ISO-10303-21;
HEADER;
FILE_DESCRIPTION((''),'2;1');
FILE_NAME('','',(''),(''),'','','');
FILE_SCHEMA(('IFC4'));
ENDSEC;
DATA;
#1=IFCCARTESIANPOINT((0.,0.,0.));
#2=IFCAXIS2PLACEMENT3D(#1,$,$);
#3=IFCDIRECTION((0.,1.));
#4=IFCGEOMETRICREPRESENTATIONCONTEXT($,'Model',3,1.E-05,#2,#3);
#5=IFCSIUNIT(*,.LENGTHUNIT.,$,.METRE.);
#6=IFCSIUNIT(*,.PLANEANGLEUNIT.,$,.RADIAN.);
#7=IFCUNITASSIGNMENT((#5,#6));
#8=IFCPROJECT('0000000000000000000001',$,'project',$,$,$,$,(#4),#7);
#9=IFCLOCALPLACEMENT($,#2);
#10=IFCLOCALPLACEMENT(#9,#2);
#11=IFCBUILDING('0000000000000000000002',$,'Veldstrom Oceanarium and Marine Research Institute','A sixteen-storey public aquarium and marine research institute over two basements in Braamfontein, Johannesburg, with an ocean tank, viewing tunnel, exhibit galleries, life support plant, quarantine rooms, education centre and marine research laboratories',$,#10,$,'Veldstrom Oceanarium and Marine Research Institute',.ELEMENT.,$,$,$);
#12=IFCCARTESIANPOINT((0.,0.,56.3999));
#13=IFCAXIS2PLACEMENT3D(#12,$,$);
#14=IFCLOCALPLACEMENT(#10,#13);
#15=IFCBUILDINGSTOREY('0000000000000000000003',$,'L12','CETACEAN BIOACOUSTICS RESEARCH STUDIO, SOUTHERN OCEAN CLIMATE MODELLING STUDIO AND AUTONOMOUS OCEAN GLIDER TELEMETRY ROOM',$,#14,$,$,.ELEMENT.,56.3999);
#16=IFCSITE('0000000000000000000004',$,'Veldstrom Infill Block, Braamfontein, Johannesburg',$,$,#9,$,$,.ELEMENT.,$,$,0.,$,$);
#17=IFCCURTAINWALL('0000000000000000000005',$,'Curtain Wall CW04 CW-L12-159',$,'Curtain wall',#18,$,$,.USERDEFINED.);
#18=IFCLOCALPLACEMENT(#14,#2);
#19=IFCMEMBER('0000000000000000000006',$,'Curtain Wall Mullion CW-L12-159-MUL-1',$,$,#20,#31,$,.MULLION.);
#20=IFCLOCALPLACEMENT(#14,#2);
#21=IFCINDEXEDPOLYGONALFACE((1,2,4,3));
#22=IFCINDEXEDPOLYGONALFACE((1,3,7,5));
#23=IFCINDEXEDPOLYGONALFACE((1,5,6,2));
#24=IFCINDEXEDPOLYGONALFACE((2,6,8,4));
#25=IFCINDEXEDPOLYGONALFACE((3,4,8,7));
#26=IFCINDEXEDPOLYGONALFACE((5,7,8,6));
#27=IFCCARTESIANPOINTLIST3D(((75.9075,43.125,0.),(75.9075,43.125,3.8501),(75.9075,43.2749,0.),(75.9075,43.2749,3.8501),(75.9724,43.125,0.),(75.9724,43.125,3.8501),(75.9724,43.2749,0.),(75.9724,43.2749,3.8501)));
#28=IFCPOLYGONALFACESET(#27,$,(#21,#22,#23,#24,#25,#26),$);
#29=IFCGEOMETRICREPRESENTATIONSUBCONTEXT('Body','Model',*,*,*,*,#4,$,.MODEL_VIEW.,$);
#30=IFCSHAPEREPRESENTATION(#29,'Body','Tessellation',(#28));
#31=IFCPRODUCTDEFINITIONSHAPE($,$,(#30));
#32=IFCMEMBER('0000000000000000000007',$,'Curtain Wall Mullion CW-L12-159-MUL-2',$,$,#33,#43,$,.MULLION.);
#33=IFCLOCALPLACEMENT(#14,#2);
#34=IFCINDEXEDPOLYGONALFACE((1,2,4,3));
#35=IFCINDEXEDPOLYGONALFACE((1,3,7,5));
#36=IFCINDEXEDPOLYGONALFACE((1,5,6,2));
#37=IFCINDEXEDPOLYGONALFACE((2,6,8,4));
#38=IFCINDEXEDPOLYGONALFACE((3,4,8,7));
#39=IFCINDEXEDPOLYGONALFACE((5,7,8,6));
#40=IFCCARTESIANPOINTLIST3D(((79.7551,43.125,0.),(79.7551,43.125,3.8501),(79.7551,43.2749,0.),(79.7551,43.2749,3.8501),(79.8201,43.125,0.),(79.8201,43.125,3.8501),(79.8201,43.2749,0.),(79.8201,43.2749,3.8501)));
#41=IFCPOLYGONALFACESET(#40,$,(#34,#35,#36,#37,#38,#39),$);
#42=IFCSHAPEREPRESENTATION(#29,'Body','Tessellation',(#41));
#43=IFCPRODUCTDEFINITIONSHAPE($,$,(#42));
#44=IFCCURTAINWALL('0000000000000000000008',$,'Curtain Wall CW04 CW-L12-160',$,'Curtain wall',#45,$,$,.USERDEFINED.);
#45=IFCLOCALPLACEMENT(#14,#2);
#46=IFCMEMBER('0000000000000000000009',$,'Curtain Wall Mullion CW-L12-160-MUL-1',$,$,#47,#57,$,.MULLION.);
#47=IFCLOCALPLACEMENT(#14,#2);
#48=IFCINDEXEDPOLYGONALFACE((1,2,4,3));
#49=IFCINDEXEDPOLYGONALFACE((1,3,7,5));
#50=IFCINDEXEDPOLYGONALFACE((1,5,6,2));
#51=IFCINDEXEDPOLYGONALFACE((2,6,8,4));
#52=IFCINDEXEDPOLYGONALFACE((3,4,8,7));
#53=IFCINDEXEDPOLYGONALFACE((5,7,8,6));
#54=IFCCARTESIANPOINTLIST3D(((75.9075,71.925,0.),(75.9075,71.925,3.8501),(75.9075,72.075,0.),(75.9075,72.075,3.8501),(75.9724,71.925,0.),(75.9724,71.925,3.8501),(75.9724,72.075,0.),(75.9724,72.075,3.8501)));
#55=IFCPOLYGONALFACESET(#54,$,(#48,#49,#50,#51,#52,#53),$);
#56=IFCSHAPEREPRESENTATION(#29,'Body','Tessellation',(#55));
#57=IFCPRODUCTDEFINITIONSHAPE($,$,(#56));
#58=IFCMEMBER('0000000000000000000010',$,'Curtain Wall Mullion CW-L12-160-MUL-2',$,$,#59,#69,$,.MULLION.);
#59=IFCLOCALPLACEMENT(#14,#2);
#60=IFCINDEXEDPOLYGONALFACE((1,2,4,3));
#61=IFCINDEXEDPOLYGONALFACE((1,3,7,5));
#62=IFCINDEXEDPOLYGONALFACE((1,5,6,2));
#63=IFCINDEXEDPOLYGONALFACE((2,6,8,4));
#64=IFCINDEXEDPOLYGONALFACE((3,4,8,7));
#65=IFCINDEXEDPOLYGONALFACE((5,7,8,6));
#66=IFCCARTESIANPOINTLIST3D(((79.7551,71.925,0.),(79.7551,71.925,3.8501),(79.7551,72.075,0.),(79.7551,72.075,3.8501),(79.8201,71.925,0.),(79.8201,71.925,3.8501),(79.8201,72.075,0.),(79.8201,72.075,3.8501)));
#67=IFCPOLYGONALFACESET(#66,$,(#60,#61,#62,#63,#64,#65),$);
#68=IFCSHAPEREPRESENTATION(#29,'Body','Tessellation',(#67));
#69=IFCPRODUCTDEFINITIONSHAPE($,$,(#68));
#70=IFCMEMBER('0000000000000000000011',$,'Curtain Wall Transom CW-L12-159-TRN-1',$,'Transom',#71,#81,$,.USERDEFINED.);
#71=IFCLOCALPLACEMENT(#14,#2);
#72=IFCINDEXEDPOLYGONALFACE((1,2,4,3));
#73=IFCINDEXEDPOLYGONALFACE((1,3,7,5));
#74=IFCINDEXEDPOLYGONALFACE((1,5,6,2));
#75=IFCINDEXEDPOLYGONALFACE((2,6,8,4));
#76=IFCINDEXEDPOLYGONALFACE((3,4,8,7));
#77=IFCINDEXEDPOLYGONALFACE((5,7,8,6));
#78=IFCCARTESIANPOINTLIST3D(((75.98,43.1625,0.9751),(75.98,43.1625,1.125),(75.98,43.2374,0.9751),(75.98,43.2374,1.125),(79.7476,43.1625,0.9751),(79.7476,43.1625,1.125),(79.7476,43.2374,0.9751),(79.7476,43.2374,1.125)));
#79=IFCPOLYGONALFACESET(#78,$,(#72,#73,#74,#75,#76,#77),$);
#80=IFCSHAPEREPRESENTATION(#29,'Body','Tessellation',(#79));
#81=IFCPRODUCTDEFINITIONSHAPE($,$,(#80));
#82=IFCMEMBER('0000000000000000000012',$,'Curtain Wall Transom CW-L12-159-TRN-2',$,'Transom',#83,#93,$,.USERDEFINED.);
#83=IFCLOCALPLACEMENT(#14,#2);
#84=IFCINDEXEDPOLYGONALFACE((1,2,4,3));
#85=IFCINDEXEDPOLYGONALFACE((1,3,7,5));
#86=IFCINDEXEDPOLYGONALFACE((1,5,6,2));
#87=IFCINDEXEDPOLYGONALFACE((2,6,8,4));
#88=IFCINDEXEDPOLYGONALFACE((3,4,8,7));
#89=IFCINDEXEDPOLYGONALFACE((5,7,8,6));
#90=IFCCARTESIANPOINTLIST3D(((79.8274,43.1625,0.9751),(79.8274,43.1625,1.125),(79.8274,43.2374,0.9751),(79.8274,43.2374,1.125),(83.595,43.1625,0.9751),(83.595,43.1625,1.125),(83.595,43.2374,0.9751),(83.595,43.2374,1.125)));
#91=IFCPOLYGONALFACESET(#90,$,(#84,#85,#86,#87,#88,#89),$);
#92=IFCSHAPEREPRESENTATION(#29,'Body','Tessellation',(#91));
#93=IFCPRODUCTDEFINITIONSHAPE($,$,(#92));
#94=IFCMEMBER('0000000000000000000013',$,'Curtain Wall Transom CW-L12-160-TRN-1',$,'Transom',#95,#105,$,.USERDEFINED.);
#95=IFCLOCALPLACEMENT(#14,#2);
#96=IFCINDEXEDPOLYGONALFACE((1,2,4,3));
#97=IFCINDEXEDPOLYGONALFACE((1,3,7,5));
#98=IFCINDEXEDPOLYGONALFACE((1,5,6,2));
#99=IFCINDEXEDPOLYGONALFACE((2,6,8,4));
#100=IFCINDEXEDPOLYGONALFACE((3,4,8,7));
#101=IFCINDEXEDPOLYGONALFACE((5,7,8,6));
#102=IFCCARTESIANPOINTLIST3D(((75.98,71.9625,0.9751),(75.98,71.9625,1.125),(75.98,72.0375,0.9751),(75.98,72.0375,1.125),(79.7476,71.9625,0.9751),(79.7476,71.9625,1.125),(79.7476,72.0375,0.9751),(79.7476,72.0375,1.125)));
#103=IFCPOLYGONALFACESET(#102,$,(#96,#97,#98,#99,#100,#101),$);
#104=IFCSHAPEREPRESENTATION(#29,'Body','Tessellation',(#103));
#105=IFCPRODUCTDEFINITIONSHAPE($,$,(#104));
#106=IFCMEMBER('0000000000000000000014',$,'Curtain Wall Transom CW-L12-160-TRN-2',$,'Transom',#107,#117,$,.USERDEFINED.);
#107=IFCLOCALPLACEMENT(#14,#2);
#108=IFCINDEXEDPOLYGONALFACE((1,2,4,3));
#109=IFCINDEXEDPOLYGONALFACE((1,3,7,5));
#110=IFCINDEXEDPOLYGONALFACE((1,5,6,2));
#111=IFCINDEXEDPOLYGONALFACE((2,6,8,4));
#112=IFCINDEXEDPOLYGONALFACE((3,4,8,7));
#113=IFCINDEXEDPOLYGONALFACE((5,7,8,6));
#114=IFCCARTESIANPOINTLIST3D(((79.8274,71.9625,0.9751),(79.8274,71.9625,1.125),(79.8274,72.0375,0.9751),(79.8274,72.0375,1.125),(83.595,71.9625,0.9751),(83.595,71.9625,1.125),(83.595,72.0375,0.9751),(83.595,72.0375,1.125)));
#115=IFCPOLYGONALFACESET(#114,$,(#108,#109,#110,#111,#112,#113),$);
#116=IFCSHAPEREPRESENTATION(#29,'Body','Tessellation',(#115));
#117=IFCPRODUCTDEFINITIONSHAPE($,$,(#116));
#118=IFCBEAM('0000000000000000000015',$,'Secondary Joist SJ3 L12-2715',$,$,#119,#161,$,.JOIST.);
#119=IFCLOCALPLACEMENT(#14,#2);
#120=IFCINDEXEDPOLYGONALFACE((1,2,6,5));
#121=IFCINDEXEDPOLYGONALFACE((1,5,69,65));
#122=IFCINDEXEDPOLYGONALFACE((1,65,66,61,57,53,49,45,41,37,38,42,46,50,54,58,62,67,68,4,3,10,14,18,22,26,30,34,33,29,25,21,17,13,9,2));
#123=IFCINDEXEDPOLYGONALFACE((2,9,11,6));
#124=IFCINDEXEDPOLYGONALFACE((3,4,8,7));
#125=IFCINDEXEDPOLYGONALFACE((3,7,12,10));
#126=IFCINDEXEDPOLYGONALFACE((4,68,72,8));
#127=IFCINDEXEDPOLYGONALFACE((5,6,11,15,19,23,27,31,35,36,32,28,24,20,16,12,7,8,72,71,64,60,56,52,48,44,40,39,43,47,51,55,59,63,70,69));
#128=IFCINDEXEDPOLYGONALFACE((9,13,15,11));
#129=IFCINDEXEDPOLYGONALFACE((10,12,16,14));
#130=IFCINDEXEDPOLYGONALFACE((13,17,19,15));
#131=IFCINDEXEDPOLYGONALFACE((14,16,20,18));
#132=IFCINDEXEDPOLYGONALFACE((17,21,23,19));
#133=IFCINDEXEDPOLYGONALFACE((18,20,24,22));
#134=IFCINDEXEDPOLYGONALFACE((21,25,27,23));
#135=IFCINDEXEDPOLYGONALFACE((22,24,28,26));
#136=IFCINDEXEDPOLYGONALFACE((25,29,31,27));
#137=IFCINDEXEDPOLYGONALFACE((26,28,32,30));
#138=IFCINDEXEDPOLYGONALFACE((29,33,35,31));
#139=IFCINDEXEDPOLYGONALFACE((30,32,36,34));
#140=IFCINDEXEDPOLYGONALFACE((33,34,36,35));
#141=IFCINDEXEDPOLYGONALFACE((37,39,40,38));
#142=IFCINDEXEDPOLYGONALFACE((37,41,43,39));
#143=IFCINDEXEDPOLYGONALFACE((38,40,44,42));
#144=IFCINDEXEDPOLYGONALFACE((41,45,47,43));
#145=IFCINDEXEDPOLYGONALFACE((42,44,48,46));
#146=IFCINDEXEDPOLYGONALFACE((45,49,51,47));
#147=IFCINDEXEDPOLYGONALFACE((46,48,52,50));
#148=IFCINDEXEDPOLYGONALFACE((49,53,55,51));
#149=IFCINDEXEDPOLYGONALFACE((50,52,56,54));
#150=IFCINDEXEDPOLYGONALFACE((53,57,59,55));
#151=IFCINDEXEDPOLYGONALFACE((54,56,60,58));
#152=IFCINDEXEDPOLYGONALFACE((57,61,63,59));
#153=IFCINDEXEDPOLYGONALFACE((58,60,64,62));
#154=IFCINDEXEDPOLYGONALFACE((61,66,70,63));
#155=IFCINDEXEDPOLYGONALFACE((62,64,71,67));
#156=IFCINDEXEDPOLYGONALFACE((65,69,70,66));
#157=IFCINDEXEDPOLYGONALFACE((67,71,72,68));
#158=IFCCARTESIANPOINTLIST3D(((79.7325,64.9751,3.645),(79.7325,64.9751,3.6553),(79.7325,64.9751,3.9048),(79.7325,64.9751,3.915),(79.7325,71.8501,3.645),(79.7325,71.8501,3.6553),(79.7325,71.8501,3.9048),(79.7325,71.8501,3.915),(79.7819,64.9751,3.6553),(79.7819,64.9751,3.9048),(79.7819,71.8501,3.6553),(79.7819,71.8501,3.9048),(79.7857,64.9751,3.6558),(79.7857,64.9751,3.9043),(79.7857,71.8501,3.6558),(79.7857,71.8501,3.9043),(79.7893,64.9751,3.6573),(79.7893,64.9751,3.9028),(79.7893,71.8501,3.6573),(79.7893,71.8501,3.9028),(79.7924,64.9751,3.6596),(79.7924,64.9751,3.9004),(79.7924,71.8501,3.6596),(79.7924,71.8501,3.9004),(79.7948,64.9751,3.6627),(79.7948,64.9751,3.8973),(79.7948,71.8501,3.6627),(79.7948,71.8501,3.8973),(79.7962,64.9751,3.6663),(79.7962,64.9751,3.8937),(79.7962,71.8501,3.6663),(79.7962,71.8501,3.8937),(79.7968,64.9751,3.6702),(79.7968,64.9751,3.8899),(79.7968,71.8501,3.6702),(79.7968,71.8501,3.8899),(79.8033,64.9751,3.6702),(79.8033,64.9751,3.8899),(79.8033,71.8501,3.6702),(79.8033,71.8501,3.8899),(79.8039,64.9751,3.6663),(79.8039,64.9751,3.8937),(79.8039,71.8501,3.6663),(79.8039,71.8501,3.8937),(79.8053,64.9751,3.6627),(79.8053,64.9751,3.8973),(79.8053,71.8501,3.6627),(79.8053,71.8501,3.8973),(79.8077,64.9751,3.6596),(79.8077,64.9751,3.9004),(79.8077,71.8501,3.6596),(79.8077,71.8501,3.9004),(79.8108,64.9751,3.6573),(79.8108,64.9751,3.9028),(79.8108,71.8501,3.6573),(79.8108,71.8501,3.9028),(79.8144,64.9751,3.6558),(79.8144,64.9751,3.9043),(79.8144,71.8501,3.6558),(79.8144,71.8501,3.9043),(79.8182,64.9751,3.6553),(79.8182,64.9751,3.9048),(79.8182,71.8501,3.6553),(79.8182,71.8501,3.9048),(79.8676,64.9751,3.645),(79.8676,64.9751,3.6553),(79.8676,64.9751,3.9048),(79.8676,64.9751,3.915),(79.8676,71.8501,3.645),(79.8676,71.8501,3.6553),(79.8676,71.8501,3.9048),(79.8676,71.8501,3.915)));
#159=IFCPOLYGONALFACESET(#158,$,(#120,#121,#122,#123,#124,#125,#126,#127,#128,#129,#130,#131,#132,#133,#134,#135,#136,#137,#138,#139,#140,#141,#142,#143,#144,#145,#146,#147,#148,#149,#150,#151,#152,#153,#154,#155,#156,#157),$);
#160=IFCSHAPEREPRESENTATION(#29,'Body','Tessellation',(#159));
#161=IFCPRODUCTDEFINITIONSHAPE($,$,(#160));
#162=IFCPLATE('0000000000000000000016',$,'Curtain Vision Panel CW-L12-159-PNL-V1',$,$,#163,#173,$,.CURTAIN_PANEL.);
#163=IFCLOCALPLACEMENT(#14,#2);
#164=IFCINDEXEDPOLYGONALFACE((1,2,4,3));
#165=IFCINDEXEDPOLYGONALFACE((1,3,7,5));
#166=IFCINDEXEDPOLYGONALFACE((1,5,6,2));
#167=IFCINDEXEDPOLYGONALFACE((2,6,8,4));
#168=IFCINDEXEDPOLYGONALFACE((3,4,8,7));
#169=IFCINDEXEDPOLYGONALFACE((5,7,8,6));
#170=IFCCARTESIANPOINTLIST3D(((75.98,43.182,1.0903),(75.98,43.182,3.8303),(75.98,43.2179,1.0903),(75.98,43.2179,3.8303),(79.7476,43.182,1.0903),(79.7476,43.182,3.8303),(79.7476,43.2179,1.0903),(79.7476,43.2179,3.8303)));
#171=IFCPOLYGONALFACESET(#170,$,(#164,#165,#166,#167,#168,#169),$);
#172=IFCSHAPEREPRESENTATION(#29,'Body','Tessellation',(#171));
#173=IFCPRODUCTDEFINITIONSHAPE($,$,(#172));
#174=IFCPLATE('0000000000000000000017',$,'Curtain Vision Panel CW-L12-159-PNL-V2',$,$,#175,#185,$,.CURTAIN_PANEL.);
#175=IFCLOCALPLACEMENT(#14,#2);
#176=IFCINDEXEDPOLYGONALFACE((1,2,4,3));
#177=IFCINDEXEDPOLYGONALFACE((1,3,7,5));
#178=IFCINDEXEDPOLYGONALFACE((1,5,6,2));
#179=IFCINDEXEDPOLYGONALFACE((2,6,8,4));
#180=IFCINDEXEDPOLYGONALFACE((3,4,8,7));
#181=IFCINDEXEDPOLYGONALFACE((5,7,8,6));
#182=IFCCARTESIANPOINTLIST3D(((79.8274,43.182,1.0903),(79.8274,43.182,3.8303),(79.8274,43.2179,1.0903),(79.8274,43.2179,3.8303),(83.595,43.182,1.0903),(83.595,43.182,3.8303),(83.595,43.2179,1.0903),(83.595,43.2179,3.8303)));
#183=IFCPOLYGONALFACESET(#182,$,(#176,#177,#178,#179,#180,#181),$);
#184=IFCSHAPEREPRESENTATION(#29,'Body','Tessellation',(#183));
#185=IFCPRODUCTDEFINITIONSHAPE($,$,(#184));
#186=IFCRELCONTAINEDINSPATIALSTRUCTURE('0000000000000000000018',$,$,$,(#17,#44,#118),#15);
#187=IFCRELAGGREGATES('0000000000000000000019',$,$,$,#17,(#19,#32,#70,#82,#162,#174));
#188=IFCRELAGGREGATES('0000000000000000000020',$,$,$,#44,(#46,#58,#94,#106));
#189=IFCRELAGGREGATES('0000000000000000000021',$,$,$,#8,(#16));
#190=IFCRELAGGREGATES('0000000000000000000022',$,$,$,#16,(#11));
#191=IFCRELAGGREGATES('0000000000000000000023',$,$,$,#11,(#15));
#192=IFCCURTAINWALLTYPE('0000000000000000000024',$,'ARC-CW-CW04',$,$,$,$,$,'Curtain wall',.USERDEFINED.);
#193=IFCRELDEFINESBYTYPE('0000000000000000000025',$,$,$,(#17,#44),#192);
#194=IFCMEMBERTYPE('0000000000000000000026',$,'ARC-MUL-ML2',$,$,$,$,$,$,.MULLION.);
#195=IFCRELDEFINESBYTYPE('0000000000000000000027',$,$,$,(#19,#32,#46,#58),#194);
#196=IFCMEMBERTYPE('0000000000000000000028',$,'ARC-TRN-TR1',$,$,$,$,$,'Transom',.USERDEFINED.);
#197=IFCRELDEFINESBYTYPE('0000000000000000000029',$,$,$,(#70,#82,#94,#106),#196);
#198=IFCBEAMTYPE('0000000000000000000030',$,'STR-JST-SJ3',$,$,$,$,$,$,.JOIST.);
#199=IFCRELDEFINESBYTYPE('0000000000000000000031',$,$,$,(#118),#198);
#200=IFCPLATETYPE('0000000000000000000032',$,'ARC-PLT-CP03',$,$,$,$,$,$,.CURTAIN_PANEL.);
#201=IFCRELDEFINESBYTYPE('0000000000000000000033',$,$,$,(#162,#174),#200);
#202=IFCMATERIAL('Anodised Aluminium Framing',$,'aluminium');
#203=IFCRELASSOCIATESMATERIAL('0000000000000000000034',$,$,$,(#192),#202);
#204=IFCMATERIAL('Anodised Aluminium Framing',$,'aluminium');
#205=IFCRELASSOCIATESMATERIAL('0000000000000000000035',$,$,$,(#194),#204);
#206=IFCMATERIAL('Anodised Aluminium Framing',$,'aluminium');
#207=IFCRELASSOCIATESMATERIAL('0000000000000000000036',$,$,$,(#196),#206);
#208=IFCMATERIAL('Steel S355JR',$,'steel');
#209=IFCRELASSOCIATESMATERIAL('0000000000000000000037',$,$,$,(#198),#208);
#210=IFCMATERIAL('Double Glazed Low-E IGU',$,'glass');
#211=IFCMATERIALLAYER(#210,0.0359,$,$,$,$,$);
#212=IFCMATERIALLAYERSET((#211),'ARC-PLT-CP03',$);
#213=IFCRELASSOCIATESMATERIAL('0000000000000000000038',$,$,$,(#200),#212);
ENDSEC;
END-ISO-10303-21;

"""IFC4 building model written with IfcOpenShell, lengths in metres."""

from ifc_helpers import new_model, si_unit, direction, frame, origin, origin_2d, place, context, subcontext, project, spatial, rectangle, i_section, extrude, material, layer, layer_set, material_profile, profile_set, type_object, element, aggregate, save


model = new_model("IFC4")

# Units and contexts
model_context = context("Model", 3, precision=1e-05, world=origin(), true_north=direction((0.0, 1.0)))
body_context = subcontext(model_context, "Body", "Model", "MODEL_VIEW")
ifc_project = project(units=[si_unit("LENGTHUNIT", "METRE"), si_unit("PLANEANGLEUNIT", "RADIAN")], contexts=[model_context])

# Site, building, storey
site_placement = place(None, origin())
site = spatial("IfcSite", under=ifc_project, at=site_placement, Name="Veldstrom Infill Block, Braamfontein, Johannesburg", CompositionType="ELEMENT", RefElevation=0.0)
building_placement = place(site_placement, origin())
building = spatial("IfcBuilding", under=site, at=building_placement, Name="Veldstrom Oceanarium and Marine Research Institute", Description="A sixteen-storey public aquarium and marine research institute over two basements in Braamfontein, Johannesburg, with an ocean tank, viewing tunnel, exhibit galleries, life support plant, quarantine rooms, education centre and marine research laboratories", LongName="Veldstrom Oceanarium and Marine Research Institute", CompositionType="ELEMENT")
storey_placement = place(building_placement, frame((0.0, 0.0, 56.3999)))
storey = spatial("IfcBuildingStorey", under=building, at=storey_placement, Name="L12", Description="CETACEAN BIOACOUSTICS RESEARCH STUDIO, SOUTHERN OCEAN CLIMATE MODELLING STUDIO AND AUTONOMOUS OCEAN GLIDER TELEMETRY ROOM", CompositionType="ELEMENT", Elevation=56.3999)

# Curtain walls, members
ifc_material_1 = material(Name="Anodised Aluminium Framing", Category="aluminium")
curtain_wall_type = type_object("IfcCurtainWallType", Name="ARC-CW-CW04", ElementType="Curtain wall", PredefinedType="USERDEFINED", material=ifc_material_1)
curtain_wall_1_placement = place(storey_placement, origin())
curtain_wall_1 = element("IfcCurtainWall", 1, at=curtain_wall_1_placement, inside=storey, type_object=curtain_wall_type, Name="Curtain Wall CW04 CW-L12-159", ObjectType="Curtain wall", PredefinedType="USERDEFINED")
ifc_material_2 = material(Name="Anodised Aluminium Framing", Category="aluminium")
ifc_material_profile_1 = material_profile(ifc_material_2, rectangle(XDim=0.0649, YDim=0.1499, at=origin_2d()), Name="ALU-MUL-65x150")
ifc_profile_set_1 = profile_set([ifc_material_profile_1], Name="Anodised Aluminium Framing")
member_type_1 = type_object("IfcMemberType", Name="ARC-MUL-ML2", PredefinedType="MULLION", material=ifc_profile_set_1)
member_1_placement = place(storey_placement, frame((75.9399, 43.2, 0.0), z_axis=(0.0, 0.0, 1.0), x_axis=(1.0, 0.0, 0.0)))
member_1 = element("IfcMember", 2, at=member_1_placement, type_object=member_type_1, Name="Curtain Wall Mullion CW-L12-159-MUL-1", PredefinedType="MULLION", context=body_context, shape_type="SweptSolid", body=[
    extrude(rectangle(XDim=0.0649, YDim=0.1499, at=origin_2d()), origin(), (0.0, 0.0, 1.0), 3.8501),
])
member_2_placement = place(storey_placement, frame((79.7876, 43.2, 0.0), z_axis=(0.0, 0.0, 1.0), x_axis=(1.0, 0.0, 0.0)))
member_2 = element("IfcMember", 3, at=member_2_placement, type_object=member_type_1, Name="Curtain Wall Mullion CW-L12-159-MUL-2", PredefinedType="MULLION", context=body_context, shape_type="SweptSolid", body=[
    extrude(rectangle(XDim=0.0649, YDim=0.1499, at=origin_2d()), origin(), (0.0, 0.0, 1.0), 3.8501),
])
curtain_wall_2_placement = place(storey_placement, origin())
curtain_wall_2 = element("IfcCurtainWall", 4, at=curtain_wall_2_placement, inside=storey, type_object=curtain_wall_type, Name="Curtain Wall CW04 CW-L12-160", ObjectType="Curtain wall", PredefinedType="USERDEFINED")
member_3_placement = place(storey_placement, frame((75.9399, 72.0, 0.0), z_axis=(0.0, 0.0, 1.0), x_axis=(1.0, 0.0, 0.0)))
member_3 = element("IfcMember", 5, at=member_3_placement, type_object=member_type_1, Name="Curtain Wall Mullion CW-L12-160-MUL-1", PredefinedType="MULLION", context=body_context, shape_type="SweptSolid", body=[
    extrude(rectangle(XDim=0.0649, YDim=0.1499, at=origin_2d()), origin(), (0.0, 0.0, 1.0), 3.8501),
])
member_4_placement = place(storey_placement, frame((79.7876, 72.0, 0.0), z_axis=(0.0, 0.0, 1.0), x_axis=(1.0, 0.0, 0.0)))
member_4 = element("IfcMember", 6, at=member_4_placement, type_object=member_type_1, Name="Curtain Wall Mullion CW-L12-160-MUL-2", PredefinedType="MULLION", context=body_context, shape_type="SweptSolid", body=[
    extrude(rectangle(XDim=0.0649, YDim=0.1499, at=origin_2d()), origin(), (0.0, 0.0, 1.0), 3.8501),
])

# Members
ifc_material_3 = material(Name="Anodised Aluminium Framing", Category="aluminium")
ifc_material_profile_2 = material_profile(ifc_material_3, rectangle(XDim=0.075, YDim=0.1499, at=origin_2d()), Name="ALU-TRN-75x150")
ifc_profile_set_2 = profile_set([ifc_material_profile_2], Name="Anodised Aluminium Framing")
member_type_2 = type_object("IfcMemberType", Name="ARC-TRN-TR1", ElementType="Transom", PredefinedType="USERDEFINED", material=ifc_profile_set_2)
member_5_placement = place(storey_placement, frame((75.98, 43.2, 1.05), z_axis=(1.0, 0.0, 0.0), x_axis=(0.0, 1.0, 0.0)))
member_5 = element("IfcMember", 7, at=member_5_placement, type_object=member_type_2, Name="Curtain Wall Transom CW-L12-159-TRN-1", ObjectType="Transom", PredefinedType="USERDEFINED", context=body_context, shape_type="SweptSolid", body=[
    extrude(rectangle(XDim=0.075, YDim=0.1499, at=origin_2d()), origin(), (0.0, 0.0, 1.0), 3.7676),
])
member_6_placement = place(storey_placement, frame((79.8274, 43.2, 1.05), z_axis=(1.0, 0.0, 0.0), x_axis=(0.0, 1.0, 0.0)))
member_6 = element("IfcMember", 8, at=member_6_placement, type_object=member_type_2, Name="Curtain Wall Transom CW-L12-159-TRN-2", ObjectType="Transom", PredefinedType="USERDEFINED", context=body_context, shape_type="SweptSolid", body=[
    extrude(rectangle(XDim=0.075, YDim=0.1499, at=origin_2d()), origin(), (0.0, 0.0, 1.0), 3.7676),
])
member_7_placement = place(storey_placement, frame((75.98, 72.0, 1.05), z_axis=(1.0, 0.0, 0.0), x_axis=(0.0, 1.0, 0.0)))
member_7 = element("IfcMember", 9, at=member_7_placement, type_object=member_type_2, Name="Curtain Wall Transom CW-L12-160-TRN-1", ObjectType="Transom", PredefinedType="USERDEFINED", context=body_context, shape_type="SweptSolid", body=[
    extrude(rectangle(XDim=0.075, YDim=0.1499, at=origin_2d()), origin(), (0.0, 0.0, 1.0), 3.7676),
])
member_8_placement = place(storey_placement, frame((79.8274, 72.0, 1.05), z_axis=(1.0, 0.0, 0.0), x_axis=(0.0, 1.0, 0.0)))
member_8 = element("IfcMember", 10, at=member_8_placement, type_object=member_type_2, Name="Curtain Wall Transom CW-L12-160-TRN-2", ObjectType="Transom", PredefinedType="USERDEFINED", context=body_context, shape_type="SweptSolid", body=[
    extrude(rectangle(XDim=0.075, YDim=0.1499, at=origin_2d()), origin(), (0.0, 0.0, 1.0), 3.7676),
])

# Beam
ifc_material_4 = material(Name="Steel S355JR", Category="steel")
ifc_material_profile_3 = material_profile(ifc_material_4, i_section(OverallWidth=0.135, OverallDepth=0.27, WebThickness=0.0066, FlangeThickness=0.0103, FilletRadius=0.0149, at=origin_2d()), Name="IPE 270")
ifc_profile_set_3 = profile_set([ifc_material_profile_3], Name="Steel S355JR")
beam_type = type_object("IfcBeamType", Name="STR-JST-SJ3", PredefinedType="JOIST", material=ifc_profile_set_3)
beam_placement = place(storey_placement, frame((79.8, 64.9751, 3.78), z_axis=(0.0, 1.0, 0.0), x_axis=(-1.0, 0.0, 0.0)))
element("IfcBeam", 11, at=beam_placement, inside=storey, type_object=beam_type, Name="Secondary Joist SJ3 L12-2715", PredefinedType="JOIST", context=body_context, shape_type="SweptSolid", body=[
    extrude(i_section(OverallWidth=0.135, OverallDepth=0.27, WebThickness=0.0066, FlangeThickness=0.0103, FilletRadius=0.0149, at=origin_2d()), origin(), (0.0, 0.0, 1.0), 6.875),
])

# Plates
ifc_material_5 = material(Name="Double Glazed Low-E IGU", Category="glass")
ifc_layer_1 = layer(ifc_material_5, 0.0359)
ifc_layer_set_1 = layer_set([ifc_layer_1], Name="ARC-PLT-CP03")
plate_type_1 = type_object("IfcPlateType", Name="ARC-PLT-CP03", PredefinedType="CURTAIN_PANEL", material=ifc_layer_set_1)
plate_1_placement = place(storey_placement, frame((77.8638, 43.2, 1.0903), z_axis=(0.0, 0.0, 1.0), x_axis=(1.0, 0.0, 0.0)))
plate_1 = element("IfcPlate", 12, at=plate_1_placement, type_object=plate_type_1, Name="Curtain Vision Panel CW-L12-159-PNL-V1", PredefinedType="CURTAIN_PANEL", context=body_context, shape_type="SweptSolid", body=[
    extrude(rectangle(XDim=3.7676, YDim=0.0359, at=origin_2d()), origin(), (0.0, 0.0, 1.0), 2.74),
])
plate_2_placement = place(storey_placement, frame((81.7112, 43.2, 1.0903), z_axis=(0.0, 0.0, 1.0), x_axis=(1.0, 0.0, 0.0)))
plate_2 = element("IfcPlate", 13, at=plate_2_placement, type_object=plate_type_1, Name="Curtain Vision Panel CW-L12-159-PNL-V2", PredefinedType="CURTAIN_PANEL", context=body_context, shape_type="SweptSolid", body=[
    extrude(rectangle(XDim=3.7676, YDim=0.0359, at=origin_2d()), origin(), (0.0, 0.0, 1.0), 2.74),
])
aggregate(curtain_wall_1, [member_1, member_2, member_5, member_6, plate_1, plate_2])
aggregate(curtain_wall_2, [member_3, member_4, member_7, member_8])

save(model, "model.ifc")
